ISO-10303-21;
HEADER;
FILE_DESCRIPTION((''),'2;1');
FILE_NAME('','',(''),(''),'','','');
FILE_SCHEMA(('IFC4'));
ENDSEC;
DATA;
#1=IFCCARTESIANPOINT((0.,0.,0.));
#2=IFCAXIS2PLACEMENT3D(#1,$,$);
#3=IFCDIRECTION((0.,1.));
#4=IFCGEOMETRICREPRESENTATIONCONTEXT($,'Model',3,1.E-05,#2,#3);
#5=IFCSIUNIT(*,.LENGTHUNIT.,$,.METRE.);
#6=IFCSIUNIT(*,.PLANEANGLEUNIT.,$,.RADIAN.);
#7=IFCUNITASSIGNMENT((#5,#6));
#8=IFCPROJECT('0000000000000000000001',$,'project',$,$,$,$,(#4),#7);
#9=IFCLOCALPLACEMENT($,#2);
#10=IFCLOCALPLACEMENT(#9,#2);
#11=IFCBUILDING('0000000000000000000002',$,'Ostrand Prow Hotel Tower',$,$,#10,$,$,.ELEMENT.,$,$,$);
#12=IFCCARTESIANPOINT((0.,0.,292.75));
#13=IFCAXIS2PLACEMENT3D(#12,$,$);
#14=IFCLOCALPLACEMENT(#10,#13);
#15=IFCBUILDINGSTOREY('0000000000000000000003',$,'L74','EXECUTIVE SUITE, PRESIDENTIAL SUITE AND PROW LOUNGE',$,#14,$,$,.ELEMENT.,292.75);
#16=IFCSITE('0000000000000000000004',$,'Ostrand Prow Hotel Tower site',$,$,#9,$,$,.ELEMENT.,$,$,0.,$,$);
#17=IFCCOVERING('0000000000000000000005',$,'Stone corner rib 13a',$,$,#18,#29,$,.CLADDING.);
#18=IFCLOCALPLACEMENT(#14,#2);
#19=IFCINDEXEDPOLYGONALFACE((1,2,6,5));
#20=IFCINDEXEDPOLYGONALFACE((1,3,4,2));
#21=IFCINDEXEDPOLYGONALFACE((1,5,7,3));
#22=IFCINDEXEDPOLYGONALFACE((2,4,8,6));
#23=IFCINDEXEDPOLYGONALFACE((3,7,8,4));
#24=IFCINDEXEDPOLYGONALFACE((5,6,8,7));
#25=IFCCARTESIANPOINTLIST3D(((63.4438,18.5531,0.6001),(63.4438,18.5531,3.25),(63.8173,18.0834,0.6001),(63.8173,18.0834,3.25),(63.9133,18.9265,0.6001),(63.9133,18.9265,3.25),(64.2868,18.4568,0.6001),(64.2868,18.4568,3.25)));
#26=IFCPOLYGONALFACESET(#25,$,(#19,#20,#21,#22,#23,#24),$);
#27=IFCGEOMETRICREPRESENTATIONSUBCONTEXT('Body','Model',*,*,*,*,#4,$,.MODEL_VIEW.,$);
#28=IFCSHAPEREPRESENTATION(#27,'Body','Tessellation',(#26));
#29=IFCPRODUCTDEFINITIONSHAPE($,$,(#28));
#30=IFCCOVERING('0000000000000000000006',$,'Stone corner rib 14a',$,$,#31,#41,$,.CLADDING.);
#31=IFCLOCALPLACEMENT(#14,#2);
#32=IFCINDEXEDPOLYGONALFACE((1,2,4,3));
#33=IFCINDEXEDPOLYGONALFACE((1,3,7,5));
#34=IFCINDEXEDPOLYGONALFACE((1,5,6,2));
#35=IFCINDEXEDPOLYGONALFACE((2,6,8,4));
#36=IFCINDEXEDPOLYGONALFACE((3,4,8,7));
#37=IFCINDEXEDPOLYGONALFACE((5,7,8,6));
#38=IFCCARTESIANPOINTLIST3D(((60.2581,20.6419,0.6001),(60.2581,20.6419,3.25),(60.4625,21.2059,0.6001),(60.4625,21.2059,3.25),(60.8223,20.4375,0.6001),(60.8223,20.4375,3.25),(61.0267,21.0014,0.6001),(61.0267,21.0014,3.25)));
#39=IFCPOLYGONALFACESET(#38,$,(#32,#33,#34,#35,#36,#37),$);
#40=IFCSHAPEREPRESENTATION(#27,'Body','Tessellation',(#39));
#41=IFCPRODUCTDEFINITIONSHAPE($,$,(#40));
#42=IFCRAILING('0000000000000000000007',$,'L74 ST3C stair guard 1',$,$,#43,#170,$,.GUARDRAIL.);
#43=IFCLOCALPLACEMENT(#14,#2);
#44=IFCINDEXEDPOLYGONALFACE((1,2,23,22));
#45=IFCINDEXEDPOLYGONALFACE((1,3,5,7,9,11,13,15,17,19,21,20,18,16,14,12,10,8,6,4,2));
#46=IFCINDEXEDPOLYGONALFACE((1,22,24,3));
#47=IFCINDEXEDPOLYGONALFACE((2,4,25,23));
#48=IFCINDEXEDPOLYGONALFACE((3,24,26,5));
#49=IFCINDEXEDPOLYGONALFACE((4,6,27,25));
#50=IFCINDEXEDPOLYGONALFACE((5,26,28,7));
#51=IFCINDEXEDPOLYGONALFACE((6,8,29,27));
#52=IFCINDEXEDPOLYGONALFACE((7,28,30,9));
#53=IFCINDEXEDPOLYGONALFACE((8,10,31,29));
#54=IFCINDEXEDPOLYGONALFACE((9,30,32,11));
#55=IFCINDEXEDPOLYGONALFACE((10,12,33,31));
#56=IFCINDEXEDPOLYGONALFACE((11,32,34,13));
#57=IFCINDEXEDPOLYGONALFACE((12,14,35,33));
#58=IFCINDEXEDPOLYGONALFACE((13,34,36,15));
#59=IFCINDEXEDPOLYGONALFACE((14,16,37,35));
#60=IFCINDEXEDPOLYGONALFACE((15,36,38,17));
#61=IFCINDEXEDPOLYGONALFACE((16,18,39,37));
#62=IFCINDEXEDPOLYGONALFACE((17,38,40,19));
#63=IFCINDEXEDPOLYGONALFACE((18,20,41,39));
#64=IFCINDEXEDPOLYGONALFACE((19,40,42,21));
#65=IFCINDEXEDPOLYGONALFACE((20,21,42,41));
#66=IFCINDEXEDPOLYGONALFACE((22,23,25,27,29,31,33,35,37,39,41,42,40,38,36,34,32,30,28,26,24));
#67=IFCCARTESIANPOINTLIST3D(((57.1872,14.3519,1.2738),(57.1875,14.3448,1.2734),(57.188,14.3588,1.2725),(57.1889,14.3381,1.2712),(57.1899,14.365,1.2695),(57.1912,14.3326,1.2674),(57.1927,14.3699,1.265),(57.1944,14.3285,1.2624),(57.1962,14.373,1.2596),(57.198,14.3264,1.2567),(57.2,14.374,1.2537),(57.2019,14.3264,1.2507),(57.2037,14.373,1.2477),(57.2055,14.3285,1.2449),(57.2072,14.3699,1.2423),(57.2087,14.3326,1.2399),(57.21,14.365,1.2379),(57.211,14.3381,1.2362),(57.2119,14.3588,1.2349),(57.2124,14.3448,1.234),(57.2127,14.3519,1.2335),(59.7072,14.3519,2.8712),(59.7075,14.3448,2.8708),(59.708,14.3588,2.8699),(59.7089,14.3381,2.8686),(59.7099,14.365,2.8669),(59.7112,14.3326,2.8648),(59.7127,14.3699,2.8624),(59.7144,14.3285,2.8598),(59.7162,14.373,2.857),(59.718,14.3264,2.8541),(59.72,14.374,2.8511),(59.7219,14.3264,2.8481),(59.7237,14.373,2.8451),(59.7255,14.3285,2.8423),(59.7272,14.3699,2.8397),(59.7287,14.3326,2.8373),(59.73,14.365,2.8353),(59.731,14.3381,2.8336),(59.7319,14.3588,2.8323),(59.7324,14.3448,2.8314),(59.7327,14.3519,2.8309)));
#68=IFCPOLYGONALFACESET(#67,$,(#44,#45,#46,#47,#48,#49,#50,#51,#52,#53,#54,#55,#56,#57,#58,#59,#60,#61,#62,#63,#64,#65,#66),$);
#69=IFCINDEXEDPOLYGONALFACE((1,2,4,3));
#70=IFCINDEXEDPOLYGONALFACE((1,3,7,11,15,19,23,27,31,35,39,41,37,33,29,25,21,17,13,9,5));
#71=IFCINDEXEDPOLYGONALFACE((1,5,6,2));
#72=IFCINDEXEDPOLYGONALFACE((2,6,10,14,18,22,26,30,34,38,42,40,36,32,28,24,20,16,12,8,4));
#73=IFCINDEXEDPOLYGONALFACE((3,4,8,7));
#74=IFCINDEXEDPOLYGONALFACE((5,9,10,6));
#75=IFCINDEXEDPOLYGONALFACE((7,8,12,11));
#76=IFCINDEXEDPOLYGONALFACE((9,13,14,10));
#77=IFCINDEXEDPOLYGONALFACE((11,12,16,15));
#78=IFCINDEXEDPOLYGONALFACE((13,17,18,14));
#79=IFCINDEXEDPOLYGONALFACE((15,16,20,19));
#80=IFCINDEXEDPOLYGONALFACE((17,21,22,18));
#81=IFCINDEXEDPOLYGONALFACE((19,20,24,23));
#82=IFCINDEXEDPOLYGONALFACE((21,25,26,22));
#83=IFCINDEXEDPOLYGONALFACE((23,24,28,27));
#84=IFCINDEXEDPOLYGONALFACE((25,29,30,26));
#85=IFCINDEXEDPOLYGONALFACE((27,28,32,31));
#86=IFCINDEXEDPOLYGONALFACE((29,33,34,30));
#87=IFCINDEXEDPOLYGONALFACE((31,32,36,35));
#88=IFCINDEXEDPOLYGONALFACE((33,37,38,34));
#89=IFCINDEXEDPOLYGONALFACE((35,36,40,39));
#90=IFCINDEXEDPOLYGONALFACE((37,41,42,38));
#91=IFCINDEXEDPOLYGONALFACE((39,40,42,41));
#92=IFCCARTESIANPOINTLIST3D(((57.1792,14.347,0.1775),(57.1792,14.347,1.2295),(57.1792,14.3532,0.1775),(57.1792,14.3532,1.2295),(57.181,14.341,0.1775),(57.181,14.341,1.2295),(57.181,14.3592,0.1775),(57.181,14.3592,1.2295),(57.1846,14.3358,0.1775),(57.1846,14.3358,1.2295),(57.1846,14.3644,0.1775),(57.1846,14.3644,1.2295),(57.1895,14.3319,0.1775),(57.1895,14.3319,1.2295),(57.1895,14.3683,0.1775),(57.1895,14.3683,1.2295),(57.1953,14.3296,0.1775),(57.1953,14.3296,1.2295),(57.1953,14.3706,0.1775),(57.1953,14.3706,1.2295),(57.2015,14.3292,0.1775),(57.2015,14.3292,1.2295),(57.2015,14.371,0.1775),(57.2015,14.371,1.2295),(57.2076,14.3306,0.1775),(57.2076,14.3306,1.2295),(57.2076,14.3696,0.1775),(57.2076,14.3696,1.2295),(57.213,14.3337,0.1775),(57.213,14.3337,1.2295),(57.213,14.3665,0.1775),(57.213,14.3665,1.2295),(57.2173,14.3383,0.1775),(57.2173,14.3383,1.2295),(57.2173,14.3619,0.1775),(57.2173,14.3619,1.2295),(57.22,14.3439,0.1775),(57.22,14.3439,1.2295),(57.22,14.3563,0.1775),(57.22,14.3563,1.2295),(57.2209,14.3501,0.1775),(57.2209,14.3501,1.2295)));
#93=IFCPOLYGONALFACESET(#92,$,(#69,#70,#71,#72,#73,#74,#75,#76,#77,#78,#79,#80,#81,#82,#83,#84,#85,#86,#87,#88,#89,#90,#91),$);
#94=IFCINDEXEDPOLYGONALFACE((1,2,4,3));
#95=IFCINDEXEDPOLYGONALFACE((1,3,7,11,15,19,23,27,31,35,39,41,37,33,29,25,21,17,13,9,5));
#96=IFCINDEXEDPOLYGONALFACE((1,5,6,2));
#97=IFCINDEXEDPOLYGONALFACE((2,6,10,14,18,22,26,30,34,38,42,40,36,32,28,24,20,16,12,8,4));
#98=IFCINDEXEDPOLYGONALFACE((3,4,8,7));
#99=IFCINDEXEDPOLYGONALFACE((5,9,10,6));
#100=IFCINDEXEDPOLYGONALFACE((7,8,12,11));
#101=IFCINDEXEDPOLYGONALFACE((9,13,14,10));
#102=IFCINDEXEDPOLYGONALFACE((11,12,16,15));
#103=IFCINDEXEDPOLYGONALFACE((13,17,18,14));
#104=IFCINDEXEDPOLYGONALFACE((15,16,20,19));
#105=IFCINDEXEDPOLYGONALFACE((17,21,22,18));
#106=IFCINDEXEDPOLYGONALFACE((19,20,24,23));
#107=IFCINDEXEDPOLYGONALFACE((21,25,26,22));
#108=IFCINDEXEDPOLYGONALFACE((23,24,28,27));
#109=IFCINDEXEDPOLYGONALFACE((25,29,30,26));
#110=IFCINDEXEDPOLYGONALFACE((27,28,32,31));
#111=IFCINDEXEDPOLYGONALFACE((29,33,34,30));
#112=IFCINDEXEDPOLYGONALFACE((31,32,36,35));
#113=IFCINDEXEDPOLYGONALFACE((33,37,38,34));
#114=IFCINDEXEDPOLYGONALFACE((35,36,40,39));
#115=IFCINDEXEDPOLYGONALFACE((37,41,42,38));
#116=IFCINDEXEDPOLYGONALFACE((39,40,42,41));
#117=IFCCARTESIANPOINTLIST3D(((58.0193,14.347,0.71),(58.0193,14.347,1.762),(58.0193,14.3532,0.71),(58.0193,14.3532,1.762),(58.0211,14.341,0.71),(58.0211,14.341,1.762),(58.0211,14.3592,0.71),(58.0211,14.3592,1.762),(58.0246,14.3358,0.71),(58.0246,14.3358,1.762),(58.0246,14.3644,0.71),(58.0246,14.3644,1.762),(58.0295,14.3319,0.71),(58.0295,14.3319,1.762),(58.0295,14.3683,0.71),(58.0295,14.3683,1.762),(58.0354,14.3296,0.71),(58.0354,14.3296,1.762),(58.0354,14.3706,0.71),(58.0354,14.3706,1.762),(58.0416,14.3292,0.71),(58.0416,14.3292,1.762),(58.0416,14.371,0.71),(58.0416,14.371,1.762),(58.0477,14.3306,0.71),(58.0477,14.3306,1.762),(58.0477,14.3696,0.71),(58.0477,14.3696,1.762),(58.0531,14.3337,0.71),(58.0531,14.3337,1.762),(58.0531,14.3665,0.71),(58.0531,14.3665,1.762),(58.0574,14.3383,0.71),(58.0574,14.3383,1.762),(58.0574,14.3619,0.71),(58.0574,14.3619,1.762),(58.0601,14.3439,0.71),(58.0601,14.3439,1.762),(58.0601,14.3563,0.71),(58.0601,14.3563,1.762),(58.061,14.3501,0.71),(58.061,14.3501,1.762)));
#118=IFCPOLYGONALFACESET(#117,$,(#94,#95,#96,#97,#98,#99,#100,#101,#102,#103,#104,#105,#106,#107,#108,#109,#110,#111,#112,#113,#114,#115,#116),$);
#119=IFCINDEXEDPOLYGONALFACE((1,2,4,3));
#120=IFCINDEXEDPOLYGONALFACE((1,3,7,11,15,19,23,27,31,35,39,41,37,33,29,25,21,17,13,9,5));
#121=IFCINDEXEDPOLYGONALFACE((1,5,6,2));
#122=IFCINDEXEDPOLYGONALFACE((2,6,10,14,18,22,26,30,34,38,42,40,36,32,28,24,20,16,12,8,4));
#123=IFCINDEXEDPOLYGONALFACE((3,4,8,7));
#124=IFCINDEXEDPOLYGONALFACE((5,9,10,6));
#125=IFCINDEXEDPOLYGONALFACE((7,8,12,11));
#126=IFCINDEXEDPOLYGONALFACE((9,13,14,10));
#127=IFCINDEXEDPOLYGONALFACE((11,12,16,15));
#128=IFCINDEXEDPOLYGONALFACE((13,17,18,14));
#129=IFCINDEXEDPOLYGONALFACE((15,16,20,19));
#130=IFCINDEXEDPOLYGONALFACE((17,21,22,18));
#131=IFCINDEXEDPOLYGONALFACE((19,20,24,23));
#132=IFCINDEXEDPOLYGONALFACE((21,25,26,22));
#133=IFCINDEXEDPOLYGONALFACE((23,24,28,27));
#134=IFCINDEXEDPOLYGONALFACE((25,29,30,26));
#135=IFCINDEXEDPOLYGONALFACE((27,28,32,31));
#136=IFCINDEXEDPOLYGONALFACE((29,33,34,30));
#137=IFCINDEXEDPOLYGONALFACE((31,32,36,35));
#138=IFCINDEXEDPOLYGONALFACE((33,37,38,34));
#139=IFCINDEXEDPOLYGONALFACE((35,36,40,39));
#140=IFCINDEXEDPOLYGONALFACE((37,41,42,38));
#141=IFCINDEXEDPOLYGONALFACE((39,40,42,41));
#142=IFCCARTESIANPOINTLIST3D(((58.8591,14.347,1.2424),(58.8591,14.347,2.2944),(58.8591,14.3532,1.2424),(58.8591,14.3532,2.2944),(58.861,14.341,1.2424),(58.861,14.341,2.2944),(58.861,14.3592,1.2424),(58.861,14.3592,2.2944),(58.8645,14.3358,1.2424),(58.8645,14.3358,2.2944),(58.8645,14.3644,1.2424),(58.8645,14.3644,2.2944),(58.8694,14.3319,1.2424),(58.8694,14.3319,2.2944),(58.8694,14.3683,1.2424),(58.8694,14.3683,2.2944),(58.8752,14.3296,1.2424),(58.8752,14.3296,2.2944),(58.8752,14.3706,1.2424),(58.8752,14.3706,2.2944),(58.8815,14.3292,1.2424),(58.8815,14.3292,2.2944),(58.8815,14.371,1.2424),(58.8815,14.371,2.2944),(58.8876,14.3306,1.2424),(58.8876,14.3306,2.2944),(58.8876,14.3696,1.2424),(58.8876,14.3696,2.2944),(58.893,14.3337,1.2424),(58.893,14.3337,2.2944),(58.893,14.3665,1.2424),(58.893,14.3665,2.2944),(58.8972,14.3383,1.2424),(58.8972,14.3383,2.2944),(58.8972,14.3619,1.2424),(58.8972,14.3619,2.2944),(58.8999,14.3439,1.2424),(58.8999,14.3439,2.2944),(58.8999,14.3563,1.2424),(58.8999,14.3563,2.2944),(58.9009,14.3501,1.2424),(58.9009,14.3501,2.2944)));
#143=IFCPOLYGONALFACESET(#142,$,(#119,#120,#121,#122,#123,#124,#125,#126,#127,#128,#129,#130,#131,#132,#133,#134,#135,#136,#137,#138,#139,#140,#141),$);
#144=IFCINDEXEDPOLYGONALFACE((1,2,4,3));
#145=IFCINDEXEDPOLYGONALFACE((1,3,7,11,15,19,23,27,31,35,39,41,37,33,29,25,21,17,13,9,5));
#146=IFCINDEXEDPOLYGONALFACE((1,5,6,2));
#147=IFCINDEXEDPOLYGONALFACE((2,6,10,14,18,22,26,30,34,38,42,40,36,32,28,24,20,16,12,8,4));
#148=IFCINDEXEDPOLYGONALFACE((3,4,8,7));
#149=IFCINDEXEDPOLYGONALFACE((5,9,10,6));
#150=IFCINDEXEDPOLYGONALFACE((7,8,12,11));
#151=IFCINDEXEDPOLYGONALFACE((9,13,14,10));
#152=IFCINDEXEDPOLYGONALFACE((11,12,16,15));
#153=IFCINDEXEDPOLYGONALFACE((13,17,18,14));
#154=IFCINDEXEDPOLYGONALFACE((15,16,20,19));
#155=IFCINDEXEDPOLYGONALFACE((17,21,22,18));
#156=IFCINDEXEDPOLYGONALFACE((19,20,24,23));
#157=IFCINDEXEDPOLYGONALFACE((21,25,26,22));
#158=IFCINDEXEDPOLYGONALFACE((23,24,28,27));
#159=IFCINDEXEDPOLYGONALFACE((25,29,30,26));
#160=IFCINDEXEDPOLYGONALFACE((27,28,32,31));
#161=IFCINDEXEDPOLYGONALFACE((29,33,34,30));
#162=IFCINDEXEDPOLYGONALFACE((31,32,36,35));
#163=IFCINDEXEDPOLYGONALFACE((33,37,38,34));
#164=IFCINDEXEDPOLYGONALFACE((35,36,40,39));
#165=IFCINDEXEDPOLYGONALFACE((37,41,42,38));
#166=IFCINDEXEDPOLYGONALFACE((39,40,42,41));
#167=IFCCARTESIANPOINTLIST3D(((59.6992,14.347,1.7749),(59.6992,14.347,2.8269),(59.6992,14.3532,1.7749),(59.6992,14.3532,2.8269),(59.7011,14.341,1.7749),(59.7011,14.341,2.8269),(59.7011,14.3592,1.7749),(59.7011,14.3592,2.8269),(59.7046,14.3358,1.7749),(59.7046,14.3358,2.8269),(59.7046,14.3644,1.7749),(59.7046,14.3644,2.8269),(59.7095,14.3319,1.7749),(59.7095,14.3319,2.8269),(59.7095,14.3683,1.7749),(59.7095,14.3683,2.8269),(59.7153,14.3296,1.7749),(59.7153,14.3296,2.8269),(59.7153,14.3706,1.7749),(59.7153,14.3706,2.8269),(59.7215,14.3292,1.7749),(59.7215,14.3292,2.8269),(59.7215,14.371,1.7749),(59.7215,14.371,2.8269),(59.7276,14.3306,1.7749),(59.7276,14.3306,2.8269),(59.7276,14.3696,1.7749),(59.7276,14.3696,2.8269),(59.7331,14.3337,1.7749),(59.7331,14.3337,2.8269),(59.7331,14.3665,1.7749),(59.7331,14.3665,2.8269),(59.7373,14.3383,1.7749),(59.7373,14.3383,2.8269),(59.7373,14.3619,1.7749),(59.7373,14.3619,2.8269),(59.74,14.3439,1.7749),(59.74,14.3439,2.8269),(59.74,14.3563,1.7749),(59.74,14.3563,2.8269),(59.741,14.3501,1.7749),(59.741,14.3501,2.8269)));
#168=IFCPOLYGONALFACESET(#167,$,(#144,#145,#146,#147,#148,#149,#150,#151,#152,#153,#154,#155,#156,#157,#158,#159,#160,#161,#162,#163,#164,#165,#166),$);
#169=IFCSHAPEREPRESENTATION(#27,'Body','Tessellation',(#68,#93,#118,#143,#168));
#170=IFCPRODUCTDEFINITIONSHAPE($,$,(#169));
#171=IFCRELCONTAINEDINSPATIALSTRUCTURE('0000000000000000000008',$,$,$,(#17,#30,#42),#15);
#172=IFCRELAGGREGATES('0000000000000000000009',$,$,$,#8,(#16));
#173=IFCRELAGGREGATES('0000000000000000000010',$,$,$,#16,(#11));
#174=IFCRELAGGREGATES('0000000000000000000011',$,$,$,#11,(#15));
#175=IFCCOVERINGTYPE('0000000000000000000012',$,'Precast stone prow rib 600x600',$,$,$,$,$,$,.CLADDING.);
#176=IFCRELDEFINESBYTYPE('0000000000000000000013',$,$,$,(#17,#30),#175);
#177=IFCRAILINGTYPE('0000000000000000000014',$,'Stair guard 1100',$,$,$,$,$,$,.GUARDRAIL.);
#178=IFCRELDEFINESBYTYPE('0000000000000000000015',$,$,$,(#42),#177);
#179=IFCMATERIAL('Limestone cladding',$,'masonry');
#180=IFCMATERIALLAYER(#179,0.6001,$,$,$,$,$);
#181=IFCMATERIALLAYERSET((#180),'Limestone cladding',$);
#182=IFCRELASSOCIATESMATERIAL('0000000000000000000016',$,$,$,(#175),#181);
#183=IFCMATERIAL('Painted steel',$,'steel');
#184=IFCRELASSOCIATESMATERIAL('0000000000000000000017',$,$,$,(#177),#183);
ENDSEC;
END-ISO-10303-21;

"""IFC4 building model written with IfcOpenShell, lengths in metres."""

from ifc_helpers import new_model, si_unit, direction, frame, frame_2d, origin, origin_2d, place, context, subcontext, project, spatial, rectangle, circle, extrude, material, layer, layer_set, type_object, element, save


model = new_model("IFC4")

# Units and contexts
model_context = context("Model", 3, precision=1e-05, world=origin(), true_north=direction((0.0, 1.0)))
body_context = subcontext(model_context, "Body", "Model", "MODEL_VIEW")
ifc_project = project(units=[si_unit("LENGTHUNIT", "METRE"), si_unit("PLANEANGLEUNIT", "RADIAN")], contexts=[model_context])

# Site, building, storey
site_placement = place(None, origin())
site = spatial("IfcSite", under=ifc_project, at=site_placement, Name="Ostrand Prow Hotel Tower site", CompositionType="ELEMENT", RefElevation=0.0)
building_placement = place(site_placement, origin())
building = spatial("IfcBuilding", under=site, at=building_placement, Name="Ostrand Prow Hotel Tower", CompositionType="ELEMENT")
storey_placement = place(building_placement, frame((0.0, 0.0, 292.75)))
storey = spatial("IfcBuildingStorey", under=building, at=storey_placement, Name="L74", Description="EXECUTIVE SUITE, PRESIDENTIAL SUITE AND PROW LOUNGE", CompositionType="ELEMENT", Elevation=292.75)

# Coverings
ifc_material_1 = material(Name="Limestone cladding", Category="masonry")
ifc_layer_1 = layer(ifc_material_1, 0.6001)
ifc_layer_set_1 = layer_set([ifc_layer_1], Name="Limestone cladding")
covering_type = type_object("IfcCoveringType", Name="Precast stone prow rib 600x600", PredefinedType="CLADDING", material=ifc_layer_set_1)
for number, where, z_axis, x_axis, name in (
    (1, (63.6306, 18.3184, 0.6001), (0.0, 0.0, 1.0), (0.782732, 0.622359, 0.0), "Stone corner rib 13a"),
    (2, (60.5403, 20.5398, 0.6001), (0.0, 0.0, 1.0), (0.340664, 0.940185, 0.0), "Stone corner rib 14a"),
):
    element("IfcCovering", number, at=place(storey_placement, frame(where, z_axis=z_axis, x_axis=x_axis)), inside=storey, type_object=covering_type, Name=name, PredefinedType="CLADDING", context=body_context, shape_type="SweptSolid", body=[
        extrude(rectangle(XDim=0.5999, YDim=0.6001, at=frame_2d((0.2998, 0.0))), origin(), (0.0, 0.0, 1.0), 2.6499),
    ])

# Railing
ifc_material_2 = material(Name="Painted steel", Category="steel")
railing_type_1 = type_object("IfcRailingType", Name="Stair guard 1100", PredefinedType="GUARDRAIL", material=ifc_material_2)
railing_1_placement = place(storey_placement, frame((57.2, 14.3501, 0.1775)))
element("IfcRailing", 3, at=railing_1_placement, inside=storey, type_object=railing_type_1, Name="L74 ST3C stair guard 1", PredefinedType="GUARDRAIL", context=body_context, shape_type="SweptSolid", body=[
    extrude(circle(Radius=0.0239, at=origin_2d()), frame((0.0, 0.0, 1.0762), z_axis=(0.844607, 0.0, 0.535387), x_axis=(0.0, 1.0, 0.0)), (0.0, 0.0, 1.0), 2.9836),
    extrude(circle(Radius=0.021, at=origin_2d()), origin(), (0.0, 0.0, 1.0), 1.052),
    extrude(circle(Radius=0.021, at=origin_2d()), frame((0.8401, 0.0, 0.5325)), (0.0, 0.0, 1.0), 1.052),
    extrude(circle(Radius=0.021, at=origin_2d()), frame((1.6799, 0.0, 1.0649)), (0.0, 0.0, 1.0), 1.052),
    extrude(circle(Radius=0.021, at=origin_2d()), frame((2.52, 0.0, 1.5974)), (0.0, 0.0, 1.0), 1.052),
])

save(model, "model.ifc")
